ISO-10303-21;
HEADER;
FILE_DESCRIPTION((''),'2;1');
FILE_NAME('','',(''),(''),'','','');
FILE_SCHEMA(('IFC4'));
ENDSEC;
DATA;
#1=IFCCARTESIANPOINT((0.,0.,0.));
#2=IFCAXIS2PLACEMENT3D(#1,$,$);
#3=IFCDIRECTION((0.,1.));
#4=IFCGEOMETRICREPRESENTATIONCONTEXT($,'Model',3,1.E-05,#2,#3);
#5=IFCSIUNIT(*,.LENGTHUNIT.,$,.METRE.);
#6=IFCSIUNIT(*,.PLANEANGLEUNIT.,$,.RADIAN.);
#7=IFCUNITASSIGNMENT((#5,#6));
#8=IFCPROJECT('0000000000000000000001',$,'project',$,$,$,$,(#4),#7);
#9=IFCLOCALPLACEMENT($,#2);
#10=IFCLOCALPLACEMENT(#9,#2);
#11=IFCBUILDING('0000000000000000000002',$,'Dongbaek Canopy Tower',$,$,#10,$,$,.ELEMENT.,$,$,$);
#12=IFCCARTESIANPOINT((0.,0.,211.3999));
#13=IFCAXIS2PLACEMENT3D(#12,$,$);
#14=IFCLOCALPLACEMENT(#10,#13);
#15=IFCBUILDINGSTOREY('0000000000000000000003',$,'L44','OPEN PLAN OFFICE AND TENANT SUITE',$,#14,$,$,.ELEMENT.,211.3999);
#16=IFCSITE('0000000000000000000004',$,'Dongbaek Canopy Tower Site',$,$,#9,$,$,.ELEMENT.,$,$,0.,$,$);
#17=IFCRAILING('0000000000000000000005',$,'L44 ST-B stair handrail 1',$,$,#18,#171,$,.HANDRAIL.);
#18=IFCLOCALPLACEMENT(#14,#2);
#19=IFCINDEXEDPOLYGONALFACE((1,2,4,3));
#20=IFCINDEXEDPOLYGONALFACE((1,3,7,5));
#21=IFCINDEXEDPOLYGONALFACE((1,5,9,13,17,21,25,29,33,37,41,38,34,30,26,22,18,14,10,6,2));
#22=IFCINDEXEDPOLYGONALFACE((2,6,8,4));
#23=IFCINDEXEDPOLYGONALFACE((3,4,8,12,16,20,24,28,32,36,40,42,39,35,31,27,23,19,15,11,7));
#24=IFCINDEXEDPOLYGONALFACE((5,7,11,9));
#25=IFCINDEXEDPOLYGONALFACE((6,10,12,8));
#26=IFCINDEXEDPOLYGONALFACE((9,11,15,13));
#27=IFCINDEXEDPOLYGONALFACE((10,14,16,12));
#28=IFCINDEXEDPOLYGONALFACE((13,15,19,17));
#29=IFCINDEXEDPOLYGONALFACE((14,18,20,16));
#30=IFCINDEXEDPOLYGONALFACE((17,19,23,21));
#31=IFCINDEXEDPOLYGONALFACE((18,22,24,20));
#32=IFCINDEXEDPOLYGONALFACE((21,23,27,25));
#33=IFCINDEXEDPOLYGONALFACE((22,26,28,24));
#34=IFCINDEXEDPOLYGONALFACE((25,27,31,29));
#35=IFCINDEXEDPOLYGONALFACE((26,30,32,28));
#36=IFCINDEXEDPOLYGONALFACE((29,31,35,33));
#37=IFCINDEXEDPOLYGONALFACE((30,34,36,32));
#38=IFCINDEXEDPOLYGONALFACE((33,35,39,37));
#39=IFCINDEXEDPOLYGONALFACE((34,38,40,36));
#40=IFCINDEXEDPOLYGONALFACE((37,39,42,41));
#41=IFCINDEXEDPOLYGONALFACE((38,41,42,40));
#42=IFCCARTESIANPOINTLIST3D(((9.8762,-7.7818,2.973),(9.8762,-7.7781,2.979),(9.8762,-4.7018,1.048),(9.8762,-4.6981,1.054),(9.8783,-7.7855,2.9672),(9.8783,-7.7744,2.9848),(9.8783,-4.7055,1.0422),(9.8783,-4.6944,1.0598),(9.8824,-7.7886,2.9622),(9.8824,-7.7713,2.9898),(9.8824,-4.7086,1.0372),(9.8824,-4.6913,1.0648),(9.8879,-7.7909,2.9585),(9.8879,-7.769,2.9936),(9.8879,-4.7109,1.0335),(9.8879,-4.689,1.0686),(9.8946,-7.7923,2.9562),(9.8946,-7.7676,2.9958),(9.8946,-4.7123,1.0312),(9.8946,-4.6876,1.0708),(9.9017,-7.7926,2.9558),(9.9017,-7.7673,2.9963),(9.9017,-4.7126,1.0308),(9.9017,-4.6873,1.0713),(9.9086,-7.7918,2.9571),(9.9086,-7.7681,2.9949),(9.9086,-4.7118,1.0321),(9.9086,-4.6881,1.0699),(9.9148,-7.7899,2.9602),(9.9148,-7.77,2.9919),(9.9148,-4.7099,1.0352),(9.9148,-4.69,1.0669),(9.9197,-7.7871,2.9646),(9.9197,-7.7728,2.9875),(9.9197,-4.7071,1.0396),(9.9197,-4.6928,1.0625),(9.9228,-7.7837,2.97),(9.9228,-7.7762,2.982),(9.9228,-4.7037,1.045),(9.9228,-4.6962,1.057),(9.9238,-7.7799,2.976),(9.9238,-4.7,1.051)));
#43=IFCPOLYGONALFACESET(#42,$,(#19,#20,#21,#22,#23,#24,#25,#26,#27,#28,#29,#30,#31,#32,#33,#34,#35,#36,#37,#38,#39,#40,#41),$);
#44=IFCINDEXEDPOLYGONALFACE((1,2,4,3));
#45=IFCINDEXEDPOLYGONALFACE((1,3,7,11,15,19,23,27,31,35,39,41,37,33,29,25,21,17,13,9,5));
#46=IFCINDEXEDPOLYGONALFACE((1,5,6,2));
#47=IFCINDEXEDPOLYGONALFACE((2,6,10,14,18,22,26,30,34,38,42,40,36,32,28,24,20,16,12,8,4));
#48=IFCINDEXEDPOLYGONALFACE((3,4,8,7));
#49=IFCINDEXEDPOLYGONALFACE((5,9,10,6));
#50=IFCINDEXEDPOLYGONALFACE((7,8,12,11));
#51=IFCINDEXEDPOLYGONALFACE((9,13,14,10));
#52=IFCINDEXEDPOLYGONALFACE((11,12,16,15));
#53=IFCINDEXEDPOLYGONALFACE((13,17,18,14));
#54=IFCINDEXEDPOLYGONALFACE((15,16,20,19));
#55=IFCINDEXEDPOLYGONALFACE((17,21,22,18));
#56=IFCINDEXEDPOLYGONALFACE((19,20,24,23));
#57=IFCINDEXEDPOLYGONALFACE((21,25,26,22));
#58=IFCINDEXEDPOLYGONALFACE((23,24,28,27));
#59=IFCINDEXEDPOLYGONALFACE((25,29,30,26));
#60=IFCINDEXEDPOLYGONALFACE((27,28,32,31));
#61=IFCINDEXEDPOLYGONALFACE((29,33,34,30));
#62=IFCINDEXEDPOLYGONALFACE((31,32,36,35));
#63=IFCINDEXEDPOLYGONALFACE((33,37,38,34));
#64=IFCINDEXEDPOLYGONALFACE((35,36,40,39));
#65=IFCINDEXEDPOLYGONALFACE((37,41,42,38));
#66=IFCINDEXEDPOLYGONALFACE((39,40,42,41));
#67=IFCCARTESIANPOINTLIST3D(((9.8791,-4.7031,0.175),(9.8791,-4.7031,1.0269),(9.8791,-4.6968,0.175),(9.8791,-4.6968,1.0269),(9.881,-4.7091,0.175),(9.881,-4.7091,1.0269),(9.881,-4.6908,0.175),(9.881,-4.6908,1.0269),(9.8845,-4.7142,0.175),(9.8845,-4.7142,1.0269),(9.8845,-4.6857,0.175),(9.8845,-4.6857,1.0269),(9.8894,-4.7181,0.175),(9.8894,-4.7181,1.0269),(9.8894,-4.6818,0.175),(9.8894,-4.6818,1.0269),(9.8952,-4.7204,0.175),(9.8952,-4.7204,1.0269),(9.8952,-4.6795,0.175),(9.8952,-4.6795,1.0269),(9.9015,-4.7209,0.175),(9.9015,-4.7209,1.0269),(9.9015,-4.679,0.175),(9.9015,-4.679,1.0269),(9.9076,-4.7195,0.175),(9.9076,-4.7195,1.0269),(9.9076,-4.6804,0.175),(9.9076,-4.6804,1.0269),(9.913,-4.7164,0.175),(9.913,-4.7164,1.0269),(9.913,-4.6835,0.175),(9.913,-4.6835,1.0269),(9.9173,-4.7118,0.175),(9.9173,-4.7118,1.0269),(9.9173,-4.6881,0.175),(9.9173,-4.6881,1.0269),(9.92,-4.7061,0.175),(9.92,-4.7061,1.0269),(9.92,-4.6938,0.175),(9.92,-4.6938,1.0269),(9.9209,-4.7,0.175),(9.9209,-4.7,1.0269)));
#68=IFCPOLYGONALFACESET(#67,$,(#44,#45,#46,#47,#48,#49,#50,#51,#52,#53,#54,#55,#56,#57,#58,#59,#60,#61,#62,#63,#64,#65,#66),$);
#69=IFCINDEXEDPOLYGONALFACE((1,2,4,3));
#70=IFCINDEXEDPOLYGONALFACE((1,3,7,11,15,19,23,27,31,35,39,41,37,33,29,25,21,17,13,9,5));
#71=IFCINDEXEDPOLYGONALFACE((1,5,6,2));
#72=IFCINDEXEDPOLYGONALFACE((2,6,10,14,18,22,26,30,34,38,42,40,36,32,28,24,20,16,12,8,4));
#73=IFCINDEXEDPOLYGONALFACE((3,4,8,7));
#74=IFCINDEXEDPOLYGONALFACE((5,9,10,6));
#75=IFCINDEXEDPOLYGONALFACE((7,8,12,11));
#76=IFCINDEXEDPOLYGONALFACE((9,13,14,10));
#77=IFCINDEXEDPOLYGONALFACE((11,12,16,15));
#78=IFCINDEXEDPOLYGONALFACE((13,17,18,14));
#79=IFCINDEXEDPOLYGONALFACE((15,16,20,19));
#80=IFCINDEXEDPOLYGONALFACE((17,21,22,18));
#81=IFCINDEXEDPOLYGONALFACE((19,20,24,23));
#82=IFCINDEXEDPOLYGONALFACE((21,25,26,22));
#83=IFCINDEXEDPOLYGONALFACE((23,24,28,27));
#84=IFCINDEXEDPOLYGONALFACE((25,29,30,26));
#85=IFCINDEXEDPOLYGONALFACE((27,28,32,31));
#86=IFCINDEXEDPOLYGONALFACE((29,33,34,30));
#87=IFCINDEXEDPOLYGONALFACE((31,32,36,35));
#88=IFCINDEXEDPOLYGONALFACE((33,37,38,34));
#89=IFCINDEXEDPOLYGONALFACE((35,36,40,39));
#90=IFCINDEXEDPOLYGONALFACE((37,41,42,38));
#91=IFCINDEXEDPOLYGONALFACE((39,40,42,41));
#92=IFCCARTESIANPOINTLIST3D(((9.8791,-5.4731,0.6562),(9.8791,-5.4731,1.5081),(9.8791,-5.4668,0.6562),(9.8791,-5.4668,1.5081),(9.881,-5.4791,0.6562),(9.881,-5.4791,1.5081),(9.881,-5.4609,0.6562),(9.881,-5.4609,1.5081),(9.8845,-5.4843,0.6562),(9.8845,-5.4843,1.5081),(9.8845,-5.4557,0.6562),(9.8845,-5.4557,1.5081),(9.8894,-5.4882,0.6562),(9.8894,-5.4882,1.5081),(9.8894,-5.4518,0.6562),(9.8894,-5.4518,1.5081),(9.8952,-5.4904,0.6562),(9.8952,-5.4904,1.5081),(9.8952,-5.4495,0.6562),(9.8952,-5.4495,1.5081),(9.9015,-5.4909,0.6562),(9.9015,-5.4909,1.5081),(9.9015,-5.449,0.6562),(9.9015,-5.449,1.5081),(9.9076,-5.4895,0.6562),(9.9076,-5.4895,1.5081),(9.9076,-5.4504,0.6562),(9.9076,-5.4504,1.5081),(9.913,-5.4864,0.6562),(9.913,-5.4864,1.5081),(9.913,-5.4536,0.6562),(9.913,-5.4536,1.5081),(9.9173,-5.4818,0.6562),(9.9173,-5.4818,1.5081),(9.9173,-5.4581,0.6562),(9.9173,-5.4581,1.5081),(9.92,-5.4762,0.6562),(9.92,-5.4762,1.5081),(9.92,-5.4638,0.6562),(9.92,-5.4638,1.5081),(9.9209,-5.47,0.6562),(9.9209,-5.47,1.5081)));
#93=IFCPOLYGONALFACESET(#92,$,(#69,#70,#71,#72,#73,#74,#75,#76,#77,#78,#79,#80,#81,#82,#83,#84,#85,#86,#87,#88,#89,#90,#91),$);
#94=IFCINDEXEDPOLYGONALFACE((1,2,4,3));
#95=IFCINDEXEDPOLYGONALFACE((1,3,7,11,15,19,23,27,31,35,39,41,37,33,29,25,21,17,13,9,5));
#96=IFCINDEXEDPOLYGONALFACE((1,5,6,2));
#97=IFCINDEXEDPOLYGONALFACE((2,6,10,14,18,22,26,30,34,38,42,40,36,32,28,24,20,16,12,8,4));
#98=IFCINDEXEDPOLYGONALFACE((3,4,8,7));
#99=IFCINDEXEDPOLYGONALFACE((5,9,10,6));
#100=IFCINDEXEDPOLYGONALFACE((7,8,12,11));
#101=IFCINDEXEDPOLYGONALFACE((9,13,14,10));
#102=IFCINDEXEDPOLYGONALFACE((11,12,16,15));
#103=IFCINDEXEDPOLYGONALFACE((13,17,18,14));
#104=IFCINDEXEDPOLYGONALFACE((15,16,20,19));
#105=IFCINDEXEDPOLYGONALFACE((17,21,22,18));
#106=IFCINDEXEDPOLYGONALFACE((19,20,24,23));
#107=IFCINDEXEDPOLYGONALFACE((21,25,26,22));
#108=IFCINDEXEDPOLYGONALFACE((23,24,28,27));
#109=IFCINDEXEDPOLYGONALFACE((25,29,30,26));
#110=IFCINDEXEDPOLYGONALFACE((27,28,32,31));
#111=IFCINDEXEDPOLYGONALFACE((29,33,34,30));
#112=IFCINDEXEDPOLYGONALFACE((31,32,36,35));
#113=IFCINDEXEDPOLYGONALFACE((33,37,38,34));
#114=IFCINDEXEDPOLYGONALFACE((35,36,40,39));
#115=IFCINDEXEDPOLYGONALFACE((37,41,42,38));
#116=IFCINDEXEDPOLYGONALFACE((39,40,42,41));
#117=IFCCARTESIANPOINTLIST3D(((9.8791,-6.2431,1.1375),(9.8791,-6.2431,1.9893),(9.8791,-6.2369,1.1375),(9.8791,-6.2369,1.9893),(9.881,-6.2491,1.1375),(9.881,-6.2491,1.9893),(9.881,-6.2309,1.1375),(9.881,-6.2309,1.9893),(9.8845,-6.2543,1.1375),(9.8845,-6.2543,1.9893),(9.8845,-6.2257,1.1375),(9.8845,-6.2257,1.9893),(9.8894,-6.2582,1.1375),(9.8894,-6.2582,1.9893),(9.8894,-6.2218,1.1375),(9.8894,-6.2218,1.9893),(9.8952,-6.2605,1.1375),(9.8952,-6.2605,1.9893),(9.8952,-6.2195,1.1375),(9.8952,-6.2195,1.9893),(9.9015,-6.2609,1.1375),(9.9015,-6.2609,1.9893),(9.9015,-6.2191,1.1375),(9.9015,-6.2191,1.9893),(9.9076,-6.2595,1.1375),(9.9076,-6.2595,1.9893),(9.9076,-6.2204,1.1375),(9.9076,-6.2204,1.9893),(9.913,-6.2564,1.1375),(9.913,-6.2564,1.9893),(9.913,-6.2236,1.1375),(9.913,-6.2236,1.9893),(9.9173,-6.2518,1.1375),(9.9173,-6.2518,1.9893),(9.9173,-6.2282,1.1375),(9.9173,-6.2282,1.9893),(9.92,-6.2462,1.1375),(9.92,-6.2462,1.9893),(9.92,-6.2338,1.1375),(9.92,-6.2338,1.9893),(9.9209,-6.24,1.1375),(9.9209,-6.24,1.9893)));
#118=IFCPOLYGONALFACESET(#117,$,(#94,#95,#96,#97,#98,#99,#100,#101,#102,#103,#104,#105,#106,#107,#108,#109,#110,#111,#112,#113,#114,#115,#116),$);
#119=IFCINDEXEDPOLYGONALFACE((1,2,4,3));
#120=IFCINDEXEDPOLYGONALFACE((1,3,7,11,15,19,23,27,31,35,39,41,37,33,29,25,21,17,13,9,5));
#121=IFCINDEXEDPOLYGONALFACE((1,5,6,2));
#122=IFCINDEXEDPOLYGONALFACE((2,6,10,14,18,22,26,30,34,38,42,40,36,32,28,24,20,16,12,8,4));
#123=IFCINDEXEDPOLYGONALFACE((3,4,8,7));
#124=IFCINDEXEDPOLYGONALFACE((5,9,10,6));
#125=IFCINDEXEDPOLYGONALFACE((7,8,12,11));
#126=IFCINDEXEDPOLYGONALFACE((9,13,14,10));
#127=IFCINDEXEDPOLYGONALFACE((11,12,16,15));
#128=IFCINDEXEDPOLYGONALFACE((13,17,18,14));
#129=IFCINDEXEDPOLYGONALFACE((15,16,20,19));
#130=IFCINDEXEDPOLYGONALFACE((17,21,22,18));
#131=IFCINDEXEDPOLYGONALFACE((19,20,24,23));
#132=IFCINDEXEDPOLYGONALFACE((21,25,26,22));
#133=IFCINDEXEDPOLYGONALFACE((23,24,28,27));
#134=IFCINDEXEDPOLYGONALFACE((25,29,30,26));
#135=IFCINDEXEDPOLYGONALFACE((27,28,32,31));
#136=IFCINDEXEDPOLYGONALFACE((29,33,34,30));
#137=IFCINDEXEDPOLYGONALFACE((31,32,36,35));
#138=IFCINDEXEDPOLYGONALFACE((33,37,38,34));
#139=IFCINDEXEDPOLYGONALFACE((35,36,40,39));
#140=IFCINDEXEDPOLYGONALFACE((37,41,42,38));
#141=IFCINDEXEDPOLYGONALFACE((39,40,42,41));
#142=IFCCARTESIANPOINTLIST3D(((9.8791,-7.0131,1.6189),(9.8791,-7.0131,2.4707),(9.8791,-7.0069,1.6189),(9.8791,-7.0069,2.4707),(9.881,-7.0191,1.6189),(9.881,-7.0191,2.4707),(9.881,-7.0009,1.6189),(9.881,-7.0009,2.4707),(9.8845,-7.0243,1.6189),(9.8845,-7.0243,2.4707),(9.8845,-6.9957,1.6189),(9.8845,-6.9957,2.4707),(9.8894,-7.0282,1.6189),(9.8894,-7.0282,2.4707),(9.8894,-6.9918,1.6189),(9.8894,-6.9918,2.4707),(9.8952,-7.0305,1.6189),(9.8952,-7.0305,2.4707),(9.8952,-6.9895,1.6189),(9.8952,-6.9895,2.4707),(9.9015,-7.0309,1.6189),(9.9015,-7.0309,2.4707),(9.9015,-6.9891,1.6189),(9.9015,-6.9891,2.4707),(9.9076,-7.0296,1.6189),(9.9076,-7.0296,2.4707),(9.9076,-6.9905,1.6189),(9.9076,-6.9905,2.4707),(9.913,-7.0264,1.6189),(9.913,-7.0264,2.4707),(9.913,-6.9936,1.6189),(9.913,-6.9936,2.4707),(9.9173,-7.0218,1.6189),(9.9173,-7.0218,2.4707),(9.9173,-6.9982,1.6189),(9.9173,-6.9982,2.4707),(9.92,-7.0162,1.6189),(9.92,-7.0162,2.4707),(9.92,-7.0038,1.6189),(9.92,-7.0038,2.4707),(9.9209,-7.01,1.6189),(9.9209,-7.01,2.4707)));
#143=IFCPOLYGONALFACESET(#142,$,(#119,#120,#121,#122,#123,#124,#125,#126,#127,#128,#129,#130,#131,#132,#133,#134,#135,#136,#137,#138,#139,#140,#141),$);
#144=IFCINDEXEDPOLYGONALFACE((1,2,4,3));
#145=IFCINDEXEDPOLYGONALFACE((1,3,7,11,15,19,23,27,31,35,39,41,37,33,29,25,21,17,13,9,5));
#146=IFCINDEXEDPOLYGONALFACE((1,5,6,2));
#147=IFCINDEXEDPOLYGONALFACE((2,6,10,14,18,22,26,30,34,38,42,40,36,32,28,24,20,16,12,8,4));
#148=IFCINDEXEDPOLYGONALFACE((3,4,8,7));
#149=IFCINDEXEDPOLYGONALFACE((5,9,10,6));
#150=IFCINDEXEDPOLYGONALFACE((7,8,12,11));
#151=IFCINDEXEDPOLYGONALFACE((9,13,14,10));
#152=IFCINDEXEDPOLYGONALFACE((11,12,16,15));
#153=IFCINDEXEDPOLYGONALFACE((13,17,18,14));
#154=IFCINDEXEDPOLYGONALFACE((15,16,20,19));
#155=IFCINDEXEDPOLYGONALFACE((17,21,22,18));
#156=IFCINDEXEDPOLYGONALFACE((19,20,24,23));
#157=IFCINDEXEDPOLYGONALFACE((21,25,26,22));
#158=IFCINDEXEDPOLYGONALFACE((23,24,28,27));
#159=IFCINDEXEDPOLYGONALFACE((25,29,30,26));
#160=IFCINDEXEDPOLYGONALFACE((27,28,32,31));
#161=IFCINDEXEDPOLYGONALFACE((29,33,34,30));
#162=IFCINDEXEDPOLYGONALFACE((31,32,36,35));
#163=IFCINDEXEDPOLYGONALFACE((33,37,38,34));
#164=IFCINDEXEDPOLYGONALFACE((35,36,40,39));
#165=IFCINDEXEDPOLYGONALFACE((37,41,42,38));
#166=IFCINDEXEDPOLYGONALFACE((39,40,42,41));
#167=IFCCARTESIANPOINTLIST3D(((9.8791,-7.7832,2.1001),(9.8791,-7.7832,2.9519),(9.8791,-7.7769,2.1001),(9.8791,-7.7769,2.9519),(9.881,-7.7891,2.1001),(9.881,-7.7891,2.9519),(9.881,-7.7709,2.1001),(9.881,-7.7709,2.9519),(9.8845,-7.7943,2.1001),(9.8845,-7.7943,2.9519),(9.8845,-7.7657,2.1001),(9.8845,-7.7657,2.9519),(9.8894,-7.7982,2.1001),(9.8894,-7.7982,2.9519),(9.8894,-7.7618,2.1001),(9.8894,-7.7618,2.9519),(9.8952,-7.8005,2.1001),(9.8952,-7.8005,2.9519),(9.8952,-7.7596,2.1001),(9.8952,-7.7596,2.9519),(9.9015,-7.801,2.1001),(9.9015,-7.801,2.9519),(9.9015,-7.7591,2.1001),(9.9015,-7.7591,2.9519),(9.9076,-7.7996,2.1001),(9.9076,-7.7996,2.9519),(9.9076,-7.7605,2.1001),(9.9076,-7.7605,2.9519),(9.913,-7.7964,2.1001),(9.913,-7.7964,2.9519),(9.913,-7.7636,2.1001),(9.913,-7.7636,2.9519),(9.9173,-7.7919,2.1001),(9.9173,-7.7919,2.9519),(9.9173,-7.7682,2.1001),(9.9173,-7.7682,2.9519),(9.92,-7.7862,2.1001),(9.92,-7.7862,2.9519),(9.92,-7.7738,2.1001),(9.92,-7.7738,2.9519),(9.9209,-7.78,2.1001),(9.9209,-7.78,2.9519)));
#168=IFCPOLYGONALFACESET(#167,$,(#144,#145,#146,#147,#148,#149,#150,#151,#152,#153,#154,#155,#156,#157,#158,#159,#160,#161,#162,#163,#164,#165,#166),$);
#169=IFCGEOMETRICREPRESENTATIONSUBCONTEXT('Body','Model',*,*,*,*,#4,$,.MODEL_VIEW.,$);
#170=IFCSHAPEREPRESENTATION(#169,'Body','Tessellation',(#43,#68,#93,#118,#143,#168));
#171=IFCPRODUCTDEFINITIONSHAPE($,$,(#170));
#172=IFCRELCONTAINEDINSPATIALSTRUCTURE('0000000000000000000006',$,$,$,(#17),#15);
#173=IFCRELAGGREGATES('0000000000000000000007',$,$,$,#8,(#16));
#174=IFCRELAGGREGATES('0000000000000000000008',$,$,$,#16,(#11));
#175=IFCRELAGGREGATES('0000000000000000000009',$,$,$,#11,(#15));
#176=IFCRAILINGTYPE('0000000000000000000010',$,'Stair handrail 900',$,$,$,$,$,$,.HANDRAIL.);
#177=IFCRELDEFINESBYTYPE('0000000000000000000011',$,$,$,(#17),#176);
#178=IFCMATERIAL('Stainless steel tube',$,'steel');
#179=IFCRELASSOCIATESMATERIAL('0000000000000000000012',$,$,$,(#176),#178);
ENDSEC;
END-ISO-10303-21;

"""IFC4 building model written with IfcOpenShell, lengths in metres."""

from ifc_helpers import new_model, si_unit, direction, frame, origin, origin_2d, place, context, subcontext, project, spatial, circle, extrude, material, type_object, element, save


model = new_model("IFC4")

# Units and contexts
model_context = context("Model", 3, precision=1e-05, world=origin(), true_north=direction((0.0, 1.0)))
body_context = subcontext(model_context, "Body", "Model", "MODEL_VIEW")
ifc_project = project(units=[si_unit("LENGTHUNIT", "METRE"), si_unit("PLANEANGLEUNIT", "RADIAN")], contexts=[model_context])

# Site, building, storey
site_placement = place(None, origin())
site = spatial("IfcSite", under=ifc_project, at=site_placement, Name="Dongbaek Canopy Tower Site", CompositionType="ELEMENT", RefElevation=0.0)
building_placement = place(site_placement, origin())
building = spatial("IfcBuilding", under=site, at=building_placement, Name="Dongbaek Canopy Tower", CompositionType="ELEMENT")
storey_placement = place(building_placement, frame((0.0, 0.0, 211.3999)))
storey = spatial("IfcBuildingStorey", under=building, at=storey_placement, Name="L44", Description="OPEN PLAN OFFICE AND TENANT SUITE", CompositionType="ELEMENT", Elevation=211.3999)

# Railing
ifc_material_1 = material(Name="Stainless steel tube", Category="steel")
railing_type_1 = type_object("IfcRailingType", Name="Stair handrail 900", PredefinedType="HANDRAIL", material=ifc_material_1)
railing_1_placement = place(storey_placement, frame((9.8999, -4.7, 0.175)))
element("IfcRailing", 1, at=railing_1_placement, inside=storey, type_object=railing_type_1, Name="L44 ST-B stair handrail 1", PredefinedType="HANDRAIL", context=body_context, shape_type="SweptSolid", body=[
    extrude(circle(Radius=0.0239, at=origin_2d()), frame((0.0, 0.0, 0.876), z_axis=(0.0, -0.847998, 0.529999), x_axis=(1.0, 0.0, 0.0)), (0.0, 0.0, 1.0), 3.6321),
    extrude(circle(Radius=0.021, at=origin_2d()), origin(), (0.0, 0.0, 1.0), 0.8518),
    extrude(circle(Radius=0.021, at=origin_2d()), frame((0.0, -0.77, 0.4812)), (0.0, 0.0, 1.0), 0.8518),
    extrude(circle(Radius=0.021, at=origin_2d()), frame((0.0, -1.54, 0.9624)), (0.0, 0.0, 1.0), 0.8518),
    extrude(circle(Radius=0.021, at=origin_2d()), frame((0.0, -2.3101, 1.4438)), (0.0, 0.0, 1.0), 0.8518),
    extrude(circle(Radius=0.021, at=origin_2d()), frame((0.0, -3.0801, 1.925)), (0.0, 0.0, 1.0), 0.8518),
])

save(model, "model.ifc")
